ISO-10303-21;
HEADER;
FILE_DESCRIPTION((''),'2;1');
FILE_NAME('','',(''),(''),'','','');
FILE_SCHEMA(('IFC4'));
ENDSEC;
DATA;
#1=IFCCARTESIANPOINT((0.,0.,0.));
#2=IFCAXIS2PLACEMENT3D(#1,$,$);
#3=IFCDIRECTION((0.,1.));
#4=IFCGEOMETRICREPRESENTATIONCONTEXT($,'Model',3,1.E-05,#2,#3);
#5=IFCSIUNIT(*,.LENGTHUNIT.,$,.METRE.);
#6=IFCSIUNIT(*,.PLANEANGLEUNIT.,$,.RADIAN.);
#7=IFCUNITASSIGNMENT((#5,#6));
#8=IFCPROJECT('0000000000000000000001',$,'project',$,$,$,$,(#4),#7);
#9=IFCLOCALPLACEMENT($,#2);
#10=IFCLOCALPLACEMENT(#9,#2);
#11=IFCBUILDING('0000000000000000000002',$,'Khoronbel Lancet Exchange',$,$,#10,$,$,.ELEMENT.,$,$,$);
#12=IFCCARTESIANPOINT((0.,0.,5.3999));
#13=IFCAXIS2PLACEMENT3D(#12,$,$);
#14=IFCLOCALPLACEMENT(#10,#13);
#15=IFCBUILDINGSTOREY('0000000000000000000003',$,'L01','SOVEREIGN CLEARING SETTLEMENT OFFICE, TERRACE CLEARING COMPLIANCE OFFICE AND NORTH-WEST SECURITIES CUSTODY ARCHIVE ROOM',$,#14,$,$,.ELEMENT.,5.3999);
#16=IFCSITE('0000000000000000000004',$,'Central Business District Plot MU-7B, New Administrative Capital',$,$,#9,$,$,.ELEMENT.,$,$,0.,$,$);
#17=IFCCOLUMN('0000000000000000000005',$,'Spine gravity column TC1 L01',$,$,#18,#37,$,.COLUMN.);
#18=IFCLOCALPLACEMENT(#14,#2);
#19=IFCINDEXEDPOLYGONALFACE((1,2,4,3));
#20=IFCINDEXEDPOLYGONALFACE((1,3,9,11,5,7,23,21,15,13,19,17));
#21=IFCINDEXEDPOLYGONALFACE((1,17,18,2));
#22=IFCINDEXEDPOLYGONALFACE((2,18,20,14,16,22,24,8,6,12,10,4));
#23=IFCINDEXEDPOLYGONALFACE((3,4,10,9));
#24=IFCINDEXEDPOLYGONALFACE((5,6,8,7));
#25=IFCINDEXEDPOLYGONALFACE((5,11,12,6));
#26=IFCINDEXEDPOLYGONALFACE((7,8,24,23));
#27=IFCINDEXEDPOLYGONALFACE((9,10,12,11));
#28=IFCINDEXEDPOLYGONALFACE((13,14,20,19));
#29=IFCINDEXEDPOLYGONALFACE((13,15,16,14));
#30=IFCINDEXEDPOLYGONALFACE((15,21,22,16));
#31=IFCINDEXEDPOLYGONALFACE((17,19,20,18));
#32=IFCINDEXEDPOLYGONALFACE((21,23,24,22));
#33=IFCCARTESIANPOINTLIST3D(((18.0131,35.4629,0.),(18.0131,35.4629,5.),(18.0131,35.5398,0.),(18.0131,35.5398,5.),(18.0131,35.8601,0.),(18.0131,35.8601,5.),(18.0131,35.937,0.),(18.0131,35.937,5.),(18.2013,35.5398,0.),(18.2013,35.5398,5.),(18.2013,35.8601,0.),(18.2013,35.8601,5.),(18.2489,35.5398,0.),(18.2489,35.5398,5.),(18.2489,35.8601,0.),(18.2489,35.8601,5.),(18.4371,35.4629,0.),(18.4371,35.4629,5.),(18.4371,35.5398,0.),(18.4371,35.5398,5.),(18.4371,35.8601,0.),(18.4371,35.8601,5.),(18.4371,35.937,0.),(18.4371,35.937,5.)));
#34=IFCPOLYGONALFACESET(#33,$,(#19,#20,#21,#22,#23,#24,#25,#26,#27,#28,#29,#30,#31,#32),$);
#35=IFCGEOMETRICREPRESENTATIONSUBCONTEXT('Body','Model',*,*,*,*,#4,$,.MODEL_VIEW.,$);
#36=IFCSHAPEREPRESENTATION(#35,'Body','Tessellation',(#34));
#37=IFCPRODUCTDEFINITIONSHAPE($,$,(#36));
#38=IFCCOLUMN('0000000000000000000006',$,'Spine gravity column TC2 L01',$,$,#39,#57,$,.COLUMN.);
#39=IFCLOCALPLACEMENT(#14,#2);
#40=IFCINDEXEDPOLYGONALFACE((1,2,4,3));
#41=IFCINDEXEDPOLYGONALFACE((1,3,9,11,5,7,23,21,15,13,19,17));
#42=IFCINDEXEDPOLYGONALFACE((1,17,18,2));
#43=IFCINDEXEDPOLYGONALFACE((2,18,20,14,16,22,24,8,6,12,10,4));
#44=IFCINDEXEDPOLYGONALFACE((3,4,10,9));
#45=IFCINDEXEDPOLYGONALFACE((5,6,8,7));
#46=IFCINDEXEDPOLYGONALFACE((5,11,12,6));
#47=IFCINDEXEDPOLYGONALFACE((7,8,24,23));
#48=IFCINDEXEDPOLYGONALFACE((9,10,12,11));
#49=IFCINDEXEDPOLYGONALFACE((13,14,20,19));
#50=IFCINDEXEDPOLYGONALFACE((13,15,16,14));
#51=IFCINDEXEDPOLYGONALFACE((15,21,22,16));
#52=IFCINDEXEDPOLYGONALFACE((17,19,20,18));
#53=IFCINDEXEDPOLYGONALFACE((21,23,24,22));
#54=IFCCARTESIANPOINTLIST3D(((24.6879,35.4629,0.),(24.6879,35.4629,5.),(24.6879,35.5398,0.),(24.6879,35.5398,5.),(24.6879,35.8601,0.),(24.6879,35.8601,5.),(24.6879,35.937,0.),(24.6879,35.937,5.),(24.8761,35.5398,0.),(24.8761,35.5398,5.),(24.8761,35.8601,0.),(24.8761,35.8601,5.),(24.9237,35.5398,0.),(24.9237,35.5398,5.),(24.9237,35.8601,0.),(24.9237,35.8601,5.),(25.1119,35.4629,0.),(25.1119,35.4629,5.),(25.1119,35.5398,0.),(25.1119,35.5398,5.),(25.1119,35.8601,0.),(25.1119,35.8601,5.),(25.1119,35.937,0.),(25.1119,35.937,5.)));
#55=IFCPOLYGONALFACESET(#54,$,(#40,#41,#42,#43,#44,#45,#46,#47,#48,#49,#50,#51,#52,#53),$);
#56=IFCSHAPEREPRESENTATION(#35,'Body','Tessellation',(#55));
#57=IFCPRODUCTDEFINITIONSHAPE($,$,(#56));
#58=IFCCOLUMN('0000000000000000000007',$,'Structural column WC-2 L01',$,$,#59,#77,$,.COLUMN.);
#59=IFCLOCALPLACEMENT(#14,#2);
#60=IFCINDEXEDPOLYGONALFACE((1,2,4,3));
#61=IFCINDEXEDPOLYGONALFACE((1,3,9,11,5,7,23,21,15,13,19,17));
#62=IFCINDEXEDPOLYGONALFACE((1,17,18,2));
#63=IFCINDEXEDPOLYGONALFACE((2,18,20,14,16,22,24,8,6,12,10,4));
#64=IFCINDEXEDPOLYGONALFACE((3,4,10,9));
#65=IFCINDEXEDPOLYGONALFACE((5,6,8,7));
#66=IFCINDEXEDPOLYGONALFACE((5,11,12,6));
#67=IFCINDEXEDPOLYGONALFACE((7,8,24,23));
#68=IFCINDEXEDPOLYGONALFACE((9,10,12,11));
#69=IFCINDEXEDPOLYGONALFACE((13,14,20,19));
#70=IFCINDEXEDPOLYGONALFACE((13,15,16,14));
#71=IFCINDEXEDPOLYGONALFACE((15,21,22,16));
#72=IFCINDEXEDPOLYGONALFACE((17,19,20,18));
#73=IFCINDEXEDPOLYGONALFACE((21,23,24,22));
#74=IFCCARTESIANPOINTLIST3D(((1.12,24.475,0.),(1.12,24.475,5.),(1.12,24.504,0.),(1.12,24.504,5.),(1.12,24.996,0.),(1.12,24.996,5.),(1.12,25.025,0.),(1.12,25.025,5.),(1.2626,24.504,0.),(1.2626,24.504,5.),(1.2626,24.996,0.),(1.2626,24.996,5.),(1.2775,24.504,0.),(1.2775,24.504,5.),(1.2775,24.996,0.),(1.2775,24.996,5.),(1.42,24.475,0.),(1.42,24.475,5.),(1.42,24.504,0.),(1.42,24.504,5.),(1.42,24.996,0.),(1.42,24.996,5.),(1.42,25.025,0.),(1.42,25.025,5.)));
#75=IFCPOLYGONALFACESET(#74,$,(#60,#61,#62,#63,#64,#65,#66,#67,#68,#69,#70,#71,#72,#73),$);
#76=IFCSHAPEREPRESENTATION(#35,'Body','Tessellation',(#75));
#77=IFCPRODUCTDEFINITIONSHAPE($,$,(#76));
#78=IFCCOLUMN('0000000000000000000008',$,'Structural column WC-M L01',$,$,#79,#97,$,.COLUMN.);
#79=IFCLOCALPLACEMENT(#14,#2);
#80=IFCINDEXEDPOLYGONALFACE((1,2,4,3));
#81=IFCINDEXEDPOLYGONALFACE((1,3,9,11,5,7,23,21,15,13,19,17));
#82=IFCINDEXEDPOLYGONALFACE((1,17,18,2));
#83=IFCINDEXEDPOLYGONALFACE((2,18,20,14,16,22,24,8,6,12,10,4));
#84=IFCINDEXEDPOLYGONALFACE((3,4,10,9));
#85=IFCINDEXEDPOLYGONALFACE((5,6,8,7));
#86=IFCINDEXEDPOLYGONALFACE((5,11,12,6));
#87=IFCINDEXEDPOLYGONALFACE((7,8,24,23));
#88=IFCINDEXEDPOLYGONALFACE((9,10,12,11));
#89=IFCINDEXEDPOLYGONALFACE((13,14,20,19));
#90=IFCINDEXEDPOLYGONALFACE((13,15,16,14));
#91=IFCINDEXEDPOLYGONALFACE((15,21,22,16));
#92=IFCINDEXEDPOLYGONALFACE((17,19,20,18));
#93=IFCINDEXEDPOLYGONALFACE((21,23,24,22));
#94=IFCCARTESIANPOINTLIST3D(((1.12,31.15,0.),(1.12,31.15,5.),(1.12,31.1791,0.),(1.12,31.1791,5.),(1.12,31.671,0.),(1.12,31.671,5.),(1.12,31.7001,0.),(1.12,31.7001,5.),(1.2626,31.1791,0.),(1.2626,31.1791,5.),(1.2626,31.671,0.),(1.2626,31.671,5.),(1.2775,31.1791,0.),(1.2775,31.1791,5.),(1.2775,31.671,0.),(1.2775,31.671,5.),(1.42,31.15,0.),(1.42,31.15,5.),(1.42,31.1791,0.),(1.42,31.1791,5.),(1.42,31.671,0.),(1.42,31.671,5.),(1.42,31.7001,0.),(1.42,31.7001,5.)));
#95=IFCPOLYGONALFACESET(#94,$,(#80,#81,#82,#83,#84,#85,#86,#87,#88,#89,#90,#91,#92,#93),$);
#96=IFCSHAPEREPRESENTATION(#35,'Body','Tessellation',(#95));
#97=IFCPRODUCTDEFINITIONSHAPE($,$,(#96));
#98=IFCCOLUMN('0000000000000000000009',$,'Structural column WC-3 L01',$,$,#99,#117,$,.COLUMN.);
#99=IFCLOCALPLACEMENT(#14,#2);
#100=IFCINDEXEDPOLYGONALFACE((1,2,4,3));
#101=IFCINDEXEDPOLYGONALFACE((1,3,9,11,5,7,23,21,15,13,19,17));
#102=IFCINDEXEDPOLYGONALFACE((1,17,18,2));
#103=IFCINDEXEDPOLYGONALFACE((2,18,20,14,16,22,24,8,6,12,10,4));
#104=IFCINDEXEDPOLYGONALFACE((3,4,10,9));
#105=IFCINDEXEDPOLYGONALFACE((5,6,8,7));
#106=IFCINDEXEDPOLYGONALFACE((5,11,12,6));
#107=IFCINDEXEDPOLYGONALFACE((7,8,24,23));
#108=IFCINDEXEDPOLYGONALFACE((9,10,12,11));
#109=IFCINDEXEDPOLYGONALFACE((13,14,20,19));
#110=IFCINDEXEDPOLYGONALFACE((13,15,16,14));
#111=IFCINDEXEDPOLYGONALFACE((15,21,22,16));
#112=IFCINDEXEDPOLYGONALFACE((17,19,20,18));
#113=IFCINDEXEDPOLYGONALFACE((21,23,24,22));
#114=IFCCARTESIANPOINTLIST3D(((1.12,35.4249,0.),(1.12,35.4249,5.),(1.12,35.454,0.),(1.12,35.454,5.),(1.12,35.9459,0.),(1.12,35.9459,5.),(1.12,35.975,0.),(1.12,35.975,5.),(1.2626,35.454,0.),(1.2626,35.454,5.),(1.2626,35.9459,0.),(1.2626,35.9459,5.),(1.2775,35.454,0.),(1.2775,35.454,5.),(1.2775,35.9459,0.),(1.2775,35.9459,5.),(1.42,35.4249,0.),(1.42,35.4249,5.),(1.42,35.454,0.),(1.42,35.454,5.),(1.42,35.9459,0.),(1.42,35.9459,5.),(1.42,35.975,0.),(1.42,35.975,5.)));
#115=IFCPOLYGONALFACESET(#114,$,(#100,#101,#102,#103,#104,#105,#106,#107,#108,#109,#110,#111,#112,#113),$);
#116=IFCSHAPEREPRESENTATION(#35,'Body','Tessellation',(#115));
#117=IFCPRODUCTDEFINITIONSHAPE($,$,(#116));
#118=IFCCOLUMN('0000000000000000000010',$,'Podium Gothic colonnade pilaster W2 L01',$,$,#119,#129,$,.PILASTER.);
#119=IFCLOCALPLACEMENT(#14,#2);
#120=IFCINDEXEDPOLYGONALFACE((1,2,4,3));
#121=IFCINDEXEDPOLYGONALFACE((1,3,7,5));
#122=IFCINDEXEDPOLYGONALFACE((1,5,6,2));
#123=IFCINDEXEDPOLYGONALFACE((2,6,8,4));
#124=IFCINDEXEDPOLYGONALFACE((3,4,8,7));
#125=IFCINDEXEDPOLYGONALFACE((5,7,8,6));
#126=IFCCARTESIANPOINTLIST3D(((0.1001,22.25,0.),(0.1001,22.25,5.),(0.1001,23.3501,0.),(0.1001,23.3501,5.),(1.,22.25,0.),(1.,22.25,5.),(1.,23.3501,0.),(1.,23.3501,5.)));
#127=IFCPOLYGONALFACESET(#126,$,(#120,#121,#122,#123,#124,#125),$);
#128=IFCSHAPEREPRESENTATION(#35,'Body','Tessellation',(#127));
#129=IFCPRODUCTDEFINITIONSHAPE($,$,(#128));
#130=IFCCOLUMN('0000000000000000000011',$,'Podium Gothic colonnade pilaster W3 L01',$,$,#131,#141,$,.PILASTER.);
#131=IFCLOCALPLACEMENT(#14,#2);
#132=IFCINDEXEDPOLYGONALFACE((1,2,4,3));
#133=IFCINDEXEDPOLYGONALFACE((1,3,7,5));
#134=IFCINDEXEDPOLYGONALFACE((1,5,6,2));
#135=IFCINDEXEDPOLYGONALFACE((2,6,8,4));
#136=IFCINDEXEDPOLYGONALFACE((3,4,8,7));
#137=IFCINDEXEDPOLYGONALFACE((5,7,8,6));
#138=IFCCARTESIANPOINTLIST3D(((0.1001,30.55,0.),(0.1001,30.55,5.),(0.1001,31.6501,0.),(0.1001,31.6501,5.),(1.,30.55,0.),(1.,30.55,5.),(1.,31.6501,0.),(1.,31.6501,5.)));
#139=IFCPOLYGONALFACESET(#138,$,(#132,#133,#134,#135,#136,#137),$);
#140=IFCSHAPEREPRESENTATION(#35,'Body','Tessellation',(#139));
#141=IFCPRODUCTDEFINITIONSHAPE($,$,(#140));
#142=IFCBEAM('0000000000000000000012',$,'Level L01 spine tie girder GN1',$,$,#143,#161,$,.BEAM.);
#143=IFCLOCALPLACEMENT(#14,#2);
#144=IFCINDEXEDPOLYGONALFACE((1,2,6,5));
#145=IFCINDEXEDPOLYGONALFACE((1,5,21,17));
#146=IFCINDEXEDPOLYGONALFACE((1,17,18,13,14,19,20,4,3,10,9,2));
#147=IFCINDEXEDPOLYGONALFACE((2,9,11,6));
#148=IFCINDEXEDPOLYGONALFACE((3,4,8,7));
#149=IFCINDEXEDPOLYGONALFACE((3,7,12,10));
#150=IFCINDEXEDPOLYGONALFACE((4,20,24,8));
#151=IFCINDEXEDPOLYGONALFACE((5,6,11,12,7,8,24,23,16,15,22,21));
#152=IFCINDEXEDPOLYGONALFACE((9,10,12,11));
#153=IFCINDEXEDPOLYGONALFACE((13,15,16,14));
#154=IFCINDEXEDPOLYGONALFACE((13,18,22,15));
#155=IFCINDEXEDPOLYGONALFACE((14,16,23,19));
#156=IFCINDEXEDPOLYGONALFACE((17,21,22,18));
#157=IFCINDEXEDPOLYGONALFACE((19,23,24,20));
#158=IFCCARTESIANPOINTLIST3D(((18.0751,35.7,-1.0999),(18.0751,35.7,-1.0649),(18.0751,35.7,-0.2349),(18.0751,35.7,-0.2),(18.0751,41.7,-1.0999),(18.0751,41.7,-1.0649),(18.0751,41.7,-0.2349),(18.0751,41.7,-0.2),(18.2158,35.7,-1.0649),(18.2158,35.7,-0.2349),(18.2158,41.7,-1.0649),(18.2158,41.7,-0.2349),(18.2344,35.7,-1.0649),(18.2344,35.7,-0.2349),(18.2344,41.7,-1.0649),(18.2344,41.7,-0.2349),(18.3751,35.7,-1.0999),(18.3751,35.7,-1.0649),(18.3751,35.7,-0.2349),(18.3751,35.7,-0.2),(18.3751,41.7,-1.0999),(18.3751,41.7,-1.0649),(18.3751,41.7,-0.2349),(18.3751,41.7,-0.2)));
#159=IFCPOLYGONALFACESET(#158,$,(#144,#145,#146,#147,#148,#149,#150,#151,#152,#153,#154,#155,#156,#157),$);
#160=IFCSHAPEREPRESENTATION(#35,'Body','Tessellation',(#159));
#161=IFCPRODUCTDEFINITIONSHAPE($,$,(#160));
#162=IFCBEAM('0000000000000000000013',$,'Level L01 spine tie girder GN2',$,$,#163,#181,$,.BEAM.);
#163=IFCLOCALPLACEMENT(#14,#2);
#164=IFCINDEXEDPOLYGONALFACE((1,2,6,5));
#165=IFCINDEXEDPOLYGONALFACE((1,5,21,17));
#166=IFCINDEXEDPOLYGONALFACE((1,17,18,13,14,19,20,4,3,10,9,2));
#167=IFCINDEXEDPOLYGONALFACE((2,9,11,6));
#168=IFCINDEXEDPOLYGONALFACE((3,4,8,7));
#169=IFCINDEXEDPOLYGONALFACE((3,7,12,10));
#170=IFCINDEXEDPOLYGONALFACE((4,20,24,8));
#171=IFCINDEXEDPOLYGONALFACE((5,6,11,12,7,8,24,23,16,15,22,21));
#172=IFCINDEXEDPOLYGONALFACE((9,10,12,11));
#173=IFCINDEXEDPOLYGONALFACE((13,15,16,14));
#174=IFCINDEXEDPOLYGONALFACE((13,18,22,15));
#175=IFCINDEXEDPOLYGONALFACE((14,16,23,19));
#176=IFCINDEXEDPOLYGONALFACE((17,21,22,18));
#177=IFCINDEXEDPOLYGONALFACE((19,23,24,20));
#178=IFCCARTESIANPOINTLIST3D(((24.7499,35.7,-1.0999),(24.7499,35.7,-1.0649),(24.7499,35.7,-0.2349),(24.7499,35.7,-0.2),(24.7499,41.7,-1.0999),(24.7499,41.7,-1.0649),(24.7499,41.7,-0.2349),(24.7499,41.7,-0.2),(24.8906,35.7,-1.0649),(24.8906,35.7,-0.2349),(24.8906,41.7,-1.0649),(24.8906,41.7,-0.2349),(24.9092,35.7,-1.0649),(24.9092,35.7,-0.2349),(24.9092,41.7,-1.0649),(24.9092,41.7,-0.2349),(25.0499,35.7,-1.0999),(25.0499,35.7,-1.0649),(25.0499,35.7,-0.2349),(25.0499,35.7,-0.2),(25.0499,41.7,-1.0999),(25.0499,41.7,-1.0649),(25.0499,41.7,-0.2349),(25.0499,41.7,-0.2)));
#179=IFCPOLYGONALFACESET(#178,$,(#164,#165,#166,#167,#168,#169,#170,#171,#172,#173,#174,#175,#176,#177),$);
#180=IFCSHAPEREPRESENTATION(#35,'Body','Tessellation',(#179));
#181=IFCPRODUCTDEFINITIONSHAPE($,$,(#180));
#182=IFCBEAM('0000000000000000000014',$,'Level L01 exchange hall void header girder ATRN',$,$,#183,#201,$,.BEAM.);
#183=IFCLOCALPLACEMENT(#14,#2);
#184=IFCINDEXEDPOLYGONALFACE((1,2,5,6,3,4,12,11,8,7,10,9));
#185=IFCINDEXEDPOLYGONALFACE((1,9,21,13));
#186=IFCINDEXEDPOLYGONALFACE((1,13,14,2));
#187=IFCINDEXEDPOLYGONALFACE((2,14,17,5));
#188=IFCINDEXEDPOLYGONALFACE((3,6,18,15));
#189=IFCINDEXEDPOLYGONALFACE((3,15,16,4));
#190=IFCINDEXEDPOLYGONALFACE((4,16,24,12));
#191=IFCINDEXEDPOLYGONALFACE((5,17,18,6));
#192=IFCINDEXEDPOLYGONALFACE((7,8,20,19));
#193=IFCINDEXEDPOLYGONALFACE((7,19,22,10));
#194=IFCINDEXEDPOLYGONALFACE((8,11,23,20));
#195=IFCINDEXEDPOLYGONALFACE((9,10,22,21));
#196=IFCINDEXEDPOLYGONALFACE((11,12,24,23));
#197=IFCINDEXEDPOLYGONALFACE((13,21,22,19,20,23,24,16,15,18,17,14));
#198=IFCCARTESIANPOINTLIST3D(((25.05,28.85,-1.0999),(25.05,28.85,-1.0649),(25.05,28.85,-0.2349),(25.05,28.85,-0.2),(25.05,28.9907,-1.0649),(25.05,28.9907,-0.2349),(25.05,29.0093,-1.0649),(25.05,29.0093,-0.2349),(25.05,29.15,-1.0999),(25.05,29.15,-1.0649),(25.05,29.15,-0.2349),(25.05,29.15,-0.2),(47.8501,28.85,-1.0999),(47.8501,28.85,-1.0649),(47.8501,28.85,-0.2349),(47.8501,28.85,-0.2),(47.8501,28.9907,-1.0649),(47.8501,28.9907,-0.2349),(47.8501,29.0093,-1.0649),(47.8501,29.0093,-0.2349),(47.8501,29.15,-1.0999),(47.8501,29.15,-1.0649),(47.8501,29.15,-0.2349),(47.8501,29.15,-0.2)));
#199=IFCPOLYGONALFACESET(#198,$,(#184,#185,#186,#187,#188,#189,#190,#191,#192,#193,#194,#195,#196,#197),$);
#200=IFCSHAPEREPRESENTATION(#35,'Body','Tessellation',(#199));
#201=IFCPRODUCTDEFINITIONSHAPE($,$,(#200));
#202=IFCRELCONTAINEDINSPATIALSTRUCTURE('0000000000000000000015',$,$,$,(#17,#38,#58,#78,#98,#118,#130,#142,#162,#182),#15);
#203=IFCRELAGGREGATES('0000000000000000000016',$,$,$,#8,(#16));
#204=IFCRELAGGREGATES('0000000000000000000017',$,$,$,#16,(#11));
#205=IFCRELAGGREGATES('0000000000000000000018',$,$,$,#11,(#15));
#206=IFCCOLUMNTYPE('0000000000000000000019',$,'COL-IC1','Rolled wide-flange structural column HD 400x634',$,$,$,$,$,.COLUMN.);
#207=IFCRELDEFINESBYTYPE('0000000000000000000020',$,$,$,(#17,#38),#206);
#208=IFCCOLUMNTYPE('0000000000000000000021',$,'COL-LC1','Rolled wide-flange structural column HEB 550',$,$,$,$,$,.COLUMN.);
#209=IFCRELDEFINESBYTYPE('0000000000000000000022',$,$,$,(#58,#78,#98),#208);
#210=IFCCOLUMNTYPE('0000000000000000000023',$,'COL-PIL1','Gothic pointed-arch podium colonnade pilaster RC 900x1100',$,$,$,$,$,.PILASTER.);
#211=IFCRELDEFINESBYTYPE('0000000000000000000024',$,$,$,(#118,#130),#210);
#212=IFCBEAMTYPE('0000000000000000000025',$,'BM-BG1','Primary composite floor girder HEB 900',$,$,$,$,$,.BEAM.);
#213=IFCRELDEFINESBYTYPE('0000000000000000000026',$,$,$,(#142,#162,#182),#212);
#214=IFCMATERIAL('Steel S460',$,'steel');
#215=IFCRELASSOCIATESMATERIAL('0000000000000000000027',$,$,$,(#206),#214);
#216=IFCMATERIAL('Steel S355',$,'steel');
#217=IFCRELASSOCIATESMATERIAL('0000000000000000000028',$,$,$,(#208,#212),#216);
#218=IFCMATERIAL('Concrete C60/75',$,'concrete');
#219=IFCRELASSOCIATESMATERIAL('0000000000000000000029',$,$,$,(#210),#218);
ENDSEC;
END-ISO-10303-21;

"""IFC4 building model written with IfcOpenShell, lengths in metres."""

from ifc_helpers import new_model, si_unit, direction, frame, origin, origin_2d, place, context, subcontext, project, spatial, rectangle, i_section, extrude, material, material_profile, profile_set, type_object, element, save


model = new_model("IFC4")

# Units and contexts
model_context = context("Model", 3, precision=1e-05, world=origin(), true_north=direction((0.0, 1.0)))
body_context = subcontext(model_context, "Body", "Model", "MODEL_VIEW")
ifc_project = project(units=[si_unit("LENGTHUNIT", "METRE"), si_unit("PLANEANGLEUNIT", "RADIAN")], contexts=[model_context])

# Site, building, storey
site_placement = place(None, origin())
site = spatial("IfcSite", under=ifc_project, at=site_placement, Name="Central Business District Plot MU-7B, New Administrative Capital", CompositionType="ELEMENT", RefElevation=0.0)
building_placement = place(site_placement, origin())
building = spatial("IfcBuilding", under=site, at=building_placement, Name="Khoronbel Lancet Exchange", CompositionType="ELEMENT")
storey_placement = place(building_placement, frame((0.0, 0.0, 5.3999)))
storey = spatial("IfcBuildingStorey", under=building, at=storey_placement, Name="L01", Description="SOVEREIGN CLEARING SETTLEMENT OFFICE, TERRACE CLEARING COMPLIANCE OFFICE AND NORTH-WEST SECURITIES CUSTODY ARCHIVE ROOM", CompositionType="ELEMENT", Elevation=5.3999)

# Columns
ifc_material_1 = material(Name="Steel S460", Category="steel")
ifc_material_profile_1 = material_profile(ifc_material_1, i_section(OverallWidth=0.4241, OverallDepth=0.4741, WebThickness=0.0476, FlangeThickness=0.0769, at=origin_2d()), Name="HD 400x634")
ifc_profile_set_1 = profile_set([ifc_material_profile_1], Name="Steel S460")
column_type_1 = type_object("IfcColumnType", Name="COL-IC1", Description="Rolled wide-flange structural column HD 400x634", PredefinedType="COLUMN", material=ifc_profile_set_1)
for number, where, z_axis, x_axis, name in (
    (1, (18.2251, 35.7, 0.0), (0.0, 0.0, 1.0), (1.0, 0.0, 0.0), "Spine gravity column TC1 L01"),
    (2, (24.8999, 35.7, 0.0), (0.0, 0.0, 1.0), (1.0, 0.0, 0.0), "Spine gravity column TC2 L01"),
):
    element("IfcColumn", number, at=place(storey_placement, frame(where, z_axis=z_axis, x_axis=x_axis)), inside=storey, type_object=column_type_1, Name=name, PredefinedType="COLUMN", context=body_context, shape_type="SweptSolid", body=[
        extrude(i_section(OverallWidth=0.4241, OverallDepth=0.4741, WebThickness=0.0476, FlangeThickness=0.0769, at=origin_2d()), origin(), (0.0, 0.0, 1.0), 5.0),
    ])
ifc_material_2 = material(Name="Steel S355", Category="steel")
ifc_material_profile_2 = material_profile(ifc_material_2, i_section(OverallWidth=0.3, OverallDepth=0.55, WebThickness=0.0149, FlangeThickness=0.0291, at=origin_2d()), Name="HEB 550")
ifc_profile_set_2 = profile_set([ifc_material_profile_2], Name="Steel S355")
column_type_2 = type_object("IfcColumnType", Name="COL-LC1", Description="Rolled wide-flange structural column HEB 550", PredefinedType="COLUMN", material=ifc_profile_set_2)
for number, where, z_axis, x_axis, name in (
    (3, (1.27, 24.75, 0.0), (0.0, 0.0, 1.0), (1.0, 0.0, 0.0), "Structural column WC-2 L01"),
    (4, (1.27, 31.425, 0.0), (0.0, 0.0, 1.0), (1.0, 0.0, 0.0), "Structural column WC-M L01"),
    (5, (1.27, 35.7, 0.0), (0.0, 0.0, 1.0), (1.0, 0.0, 0.0), "Structural column WC-3 L01"),
):
    element("IfcColumn", number, at=place(storey_placement, frame(where, z_axis=z_axis, x_axis=x_axis)), inside=storey, type_object=column_type_2, Name=name, PredefinedType="COLUMN", context=body_context, shape_type="SweptSolid", body=[
        extrude(i_section(OverallWidth=0.3, OverallDepth=0.55, WebThickness=0.0149, FlangeThickness=0.0291, at=origin_2d()), origin(), (0.0, 0.0, 1.0), 5.0),
    ])
ifc_material_3 = material(Name="Concrete C60/75", Category="concrete")
ifc_material_profile_3 = material_profile(ifc_material_3, rectangle(XDim=0.8999, YDim=1.1001, at=origin_2d()), Name="RC 900x1100")
ifc_profile_set_3 = profile_set([ifc_material_profile_3], Name="Concrete C60/75")
column_type_3 = type_object("IfcColumnType", Name="COL-PIL1", Description="Gothic pointed-arch podium colonnade pilaster RC 900x1100", PredefinedType="PILASTER", material=ifc_profile_set_3)
for number, where, z_axis, x_axis, name in (
    (6, (0.55, 22.8, 0.0), (0.0, 0.0, 1.0), (1.0, 0.0, 0.0), "Podium Gothic colonnade pilaster W2 L01"),
    (7, (0.55, 31.1001, 0.0), (0.0, 0.0, 1.0), (1.0, 0.0, 0.0), "Podium Gothic colonnade pilaster W3 L01"),
):
    element("IfcColumn", number, at=place(storey_placement, frame(where, z_axis=z_axis, x_axis=x_axis)), inside=storey, type_object=column_type_3, Name=name, PredefinedType="PILASTER", context=body_context, shape_type="SweptSolid", body=[
        extrude(rectangle(XDim=0.8999, YDim=1.1001, at=origin_2d()), origin(), (0.0, 0.0, 1.0), 5.0),
    ])

# Beams
ifc_material_profile_4 = material_profile(ifc_material_2, i_section(OverallWidth=0.3, OverallDepth=0.8999, WebThickness=0.0186, FlangeThickness=0.0349, at=origin_2d()), Name="HEB 900")
ifc_profile_set_4 = profile_set([ifc_material_profile_4], Name="Steel S355")
beam_type_1 = type_object("IfcBeamType", Name="BM-BG1", Description="Primary composite floor girder HEB 900", PredefinedType="BEAM", material=ifc_profile_set_4)
for number, where, z_axis, x_axis, name in (
    (8, (18.2251, 35.7, -0.6499), (0.0, 1.0, 0.0), (-1.0, 0.0, 0.0), "Level L01 spine tie girder GN1"),
    (9, (24.8999, 35.7, -0.6499), (0.0, 1.0, 0.0), (-1.0, 0.0, 0.0), "Level L01 spine tie girder GN2"),
):
    element("IfcBeam", number, at=place(storey_placement, frame(where, z_axis=z_axis, x_axis=x_axis)), inside=storey, type_object=beam_type_1, Name=name, PredefinedType="BEAM", context=body_context, shape_type="SweptSolid", body=[
        extrude(i_section(OverallWidth=0.3, OverallDepth=0.8999, WebThickness=0.0186, FlangeThickness=0.0349, at=origin_2d()), origin(), (0.0, 0.0, 1.0), 6.0),
    ])
beam_1_placement = place(storey_placement, frame((25.05, 29.0, -0.6499), z_axis=(1.0, 0.0, 0.0), x_axis=(0.0, 1.0, 0.0)))
element("IfcBeam", 10, at=beam_1_placement, inside=storey, type_object=beam_type_1, Name="Level L01 exchange hall void header girder ATRN", PredefinedType="BEAM", context=body_context, shape_type="SweptSolid", body=[
    extrude(i_section(OverallWidth=0.3, OverallDepth=0.8999, WebThickness=0.0186, FlangeThickness=0.0349, at=origin_2d()), origin(), (0.0, 0.0, 1.0), 22.8),
])

save(model, "model.ifc")
